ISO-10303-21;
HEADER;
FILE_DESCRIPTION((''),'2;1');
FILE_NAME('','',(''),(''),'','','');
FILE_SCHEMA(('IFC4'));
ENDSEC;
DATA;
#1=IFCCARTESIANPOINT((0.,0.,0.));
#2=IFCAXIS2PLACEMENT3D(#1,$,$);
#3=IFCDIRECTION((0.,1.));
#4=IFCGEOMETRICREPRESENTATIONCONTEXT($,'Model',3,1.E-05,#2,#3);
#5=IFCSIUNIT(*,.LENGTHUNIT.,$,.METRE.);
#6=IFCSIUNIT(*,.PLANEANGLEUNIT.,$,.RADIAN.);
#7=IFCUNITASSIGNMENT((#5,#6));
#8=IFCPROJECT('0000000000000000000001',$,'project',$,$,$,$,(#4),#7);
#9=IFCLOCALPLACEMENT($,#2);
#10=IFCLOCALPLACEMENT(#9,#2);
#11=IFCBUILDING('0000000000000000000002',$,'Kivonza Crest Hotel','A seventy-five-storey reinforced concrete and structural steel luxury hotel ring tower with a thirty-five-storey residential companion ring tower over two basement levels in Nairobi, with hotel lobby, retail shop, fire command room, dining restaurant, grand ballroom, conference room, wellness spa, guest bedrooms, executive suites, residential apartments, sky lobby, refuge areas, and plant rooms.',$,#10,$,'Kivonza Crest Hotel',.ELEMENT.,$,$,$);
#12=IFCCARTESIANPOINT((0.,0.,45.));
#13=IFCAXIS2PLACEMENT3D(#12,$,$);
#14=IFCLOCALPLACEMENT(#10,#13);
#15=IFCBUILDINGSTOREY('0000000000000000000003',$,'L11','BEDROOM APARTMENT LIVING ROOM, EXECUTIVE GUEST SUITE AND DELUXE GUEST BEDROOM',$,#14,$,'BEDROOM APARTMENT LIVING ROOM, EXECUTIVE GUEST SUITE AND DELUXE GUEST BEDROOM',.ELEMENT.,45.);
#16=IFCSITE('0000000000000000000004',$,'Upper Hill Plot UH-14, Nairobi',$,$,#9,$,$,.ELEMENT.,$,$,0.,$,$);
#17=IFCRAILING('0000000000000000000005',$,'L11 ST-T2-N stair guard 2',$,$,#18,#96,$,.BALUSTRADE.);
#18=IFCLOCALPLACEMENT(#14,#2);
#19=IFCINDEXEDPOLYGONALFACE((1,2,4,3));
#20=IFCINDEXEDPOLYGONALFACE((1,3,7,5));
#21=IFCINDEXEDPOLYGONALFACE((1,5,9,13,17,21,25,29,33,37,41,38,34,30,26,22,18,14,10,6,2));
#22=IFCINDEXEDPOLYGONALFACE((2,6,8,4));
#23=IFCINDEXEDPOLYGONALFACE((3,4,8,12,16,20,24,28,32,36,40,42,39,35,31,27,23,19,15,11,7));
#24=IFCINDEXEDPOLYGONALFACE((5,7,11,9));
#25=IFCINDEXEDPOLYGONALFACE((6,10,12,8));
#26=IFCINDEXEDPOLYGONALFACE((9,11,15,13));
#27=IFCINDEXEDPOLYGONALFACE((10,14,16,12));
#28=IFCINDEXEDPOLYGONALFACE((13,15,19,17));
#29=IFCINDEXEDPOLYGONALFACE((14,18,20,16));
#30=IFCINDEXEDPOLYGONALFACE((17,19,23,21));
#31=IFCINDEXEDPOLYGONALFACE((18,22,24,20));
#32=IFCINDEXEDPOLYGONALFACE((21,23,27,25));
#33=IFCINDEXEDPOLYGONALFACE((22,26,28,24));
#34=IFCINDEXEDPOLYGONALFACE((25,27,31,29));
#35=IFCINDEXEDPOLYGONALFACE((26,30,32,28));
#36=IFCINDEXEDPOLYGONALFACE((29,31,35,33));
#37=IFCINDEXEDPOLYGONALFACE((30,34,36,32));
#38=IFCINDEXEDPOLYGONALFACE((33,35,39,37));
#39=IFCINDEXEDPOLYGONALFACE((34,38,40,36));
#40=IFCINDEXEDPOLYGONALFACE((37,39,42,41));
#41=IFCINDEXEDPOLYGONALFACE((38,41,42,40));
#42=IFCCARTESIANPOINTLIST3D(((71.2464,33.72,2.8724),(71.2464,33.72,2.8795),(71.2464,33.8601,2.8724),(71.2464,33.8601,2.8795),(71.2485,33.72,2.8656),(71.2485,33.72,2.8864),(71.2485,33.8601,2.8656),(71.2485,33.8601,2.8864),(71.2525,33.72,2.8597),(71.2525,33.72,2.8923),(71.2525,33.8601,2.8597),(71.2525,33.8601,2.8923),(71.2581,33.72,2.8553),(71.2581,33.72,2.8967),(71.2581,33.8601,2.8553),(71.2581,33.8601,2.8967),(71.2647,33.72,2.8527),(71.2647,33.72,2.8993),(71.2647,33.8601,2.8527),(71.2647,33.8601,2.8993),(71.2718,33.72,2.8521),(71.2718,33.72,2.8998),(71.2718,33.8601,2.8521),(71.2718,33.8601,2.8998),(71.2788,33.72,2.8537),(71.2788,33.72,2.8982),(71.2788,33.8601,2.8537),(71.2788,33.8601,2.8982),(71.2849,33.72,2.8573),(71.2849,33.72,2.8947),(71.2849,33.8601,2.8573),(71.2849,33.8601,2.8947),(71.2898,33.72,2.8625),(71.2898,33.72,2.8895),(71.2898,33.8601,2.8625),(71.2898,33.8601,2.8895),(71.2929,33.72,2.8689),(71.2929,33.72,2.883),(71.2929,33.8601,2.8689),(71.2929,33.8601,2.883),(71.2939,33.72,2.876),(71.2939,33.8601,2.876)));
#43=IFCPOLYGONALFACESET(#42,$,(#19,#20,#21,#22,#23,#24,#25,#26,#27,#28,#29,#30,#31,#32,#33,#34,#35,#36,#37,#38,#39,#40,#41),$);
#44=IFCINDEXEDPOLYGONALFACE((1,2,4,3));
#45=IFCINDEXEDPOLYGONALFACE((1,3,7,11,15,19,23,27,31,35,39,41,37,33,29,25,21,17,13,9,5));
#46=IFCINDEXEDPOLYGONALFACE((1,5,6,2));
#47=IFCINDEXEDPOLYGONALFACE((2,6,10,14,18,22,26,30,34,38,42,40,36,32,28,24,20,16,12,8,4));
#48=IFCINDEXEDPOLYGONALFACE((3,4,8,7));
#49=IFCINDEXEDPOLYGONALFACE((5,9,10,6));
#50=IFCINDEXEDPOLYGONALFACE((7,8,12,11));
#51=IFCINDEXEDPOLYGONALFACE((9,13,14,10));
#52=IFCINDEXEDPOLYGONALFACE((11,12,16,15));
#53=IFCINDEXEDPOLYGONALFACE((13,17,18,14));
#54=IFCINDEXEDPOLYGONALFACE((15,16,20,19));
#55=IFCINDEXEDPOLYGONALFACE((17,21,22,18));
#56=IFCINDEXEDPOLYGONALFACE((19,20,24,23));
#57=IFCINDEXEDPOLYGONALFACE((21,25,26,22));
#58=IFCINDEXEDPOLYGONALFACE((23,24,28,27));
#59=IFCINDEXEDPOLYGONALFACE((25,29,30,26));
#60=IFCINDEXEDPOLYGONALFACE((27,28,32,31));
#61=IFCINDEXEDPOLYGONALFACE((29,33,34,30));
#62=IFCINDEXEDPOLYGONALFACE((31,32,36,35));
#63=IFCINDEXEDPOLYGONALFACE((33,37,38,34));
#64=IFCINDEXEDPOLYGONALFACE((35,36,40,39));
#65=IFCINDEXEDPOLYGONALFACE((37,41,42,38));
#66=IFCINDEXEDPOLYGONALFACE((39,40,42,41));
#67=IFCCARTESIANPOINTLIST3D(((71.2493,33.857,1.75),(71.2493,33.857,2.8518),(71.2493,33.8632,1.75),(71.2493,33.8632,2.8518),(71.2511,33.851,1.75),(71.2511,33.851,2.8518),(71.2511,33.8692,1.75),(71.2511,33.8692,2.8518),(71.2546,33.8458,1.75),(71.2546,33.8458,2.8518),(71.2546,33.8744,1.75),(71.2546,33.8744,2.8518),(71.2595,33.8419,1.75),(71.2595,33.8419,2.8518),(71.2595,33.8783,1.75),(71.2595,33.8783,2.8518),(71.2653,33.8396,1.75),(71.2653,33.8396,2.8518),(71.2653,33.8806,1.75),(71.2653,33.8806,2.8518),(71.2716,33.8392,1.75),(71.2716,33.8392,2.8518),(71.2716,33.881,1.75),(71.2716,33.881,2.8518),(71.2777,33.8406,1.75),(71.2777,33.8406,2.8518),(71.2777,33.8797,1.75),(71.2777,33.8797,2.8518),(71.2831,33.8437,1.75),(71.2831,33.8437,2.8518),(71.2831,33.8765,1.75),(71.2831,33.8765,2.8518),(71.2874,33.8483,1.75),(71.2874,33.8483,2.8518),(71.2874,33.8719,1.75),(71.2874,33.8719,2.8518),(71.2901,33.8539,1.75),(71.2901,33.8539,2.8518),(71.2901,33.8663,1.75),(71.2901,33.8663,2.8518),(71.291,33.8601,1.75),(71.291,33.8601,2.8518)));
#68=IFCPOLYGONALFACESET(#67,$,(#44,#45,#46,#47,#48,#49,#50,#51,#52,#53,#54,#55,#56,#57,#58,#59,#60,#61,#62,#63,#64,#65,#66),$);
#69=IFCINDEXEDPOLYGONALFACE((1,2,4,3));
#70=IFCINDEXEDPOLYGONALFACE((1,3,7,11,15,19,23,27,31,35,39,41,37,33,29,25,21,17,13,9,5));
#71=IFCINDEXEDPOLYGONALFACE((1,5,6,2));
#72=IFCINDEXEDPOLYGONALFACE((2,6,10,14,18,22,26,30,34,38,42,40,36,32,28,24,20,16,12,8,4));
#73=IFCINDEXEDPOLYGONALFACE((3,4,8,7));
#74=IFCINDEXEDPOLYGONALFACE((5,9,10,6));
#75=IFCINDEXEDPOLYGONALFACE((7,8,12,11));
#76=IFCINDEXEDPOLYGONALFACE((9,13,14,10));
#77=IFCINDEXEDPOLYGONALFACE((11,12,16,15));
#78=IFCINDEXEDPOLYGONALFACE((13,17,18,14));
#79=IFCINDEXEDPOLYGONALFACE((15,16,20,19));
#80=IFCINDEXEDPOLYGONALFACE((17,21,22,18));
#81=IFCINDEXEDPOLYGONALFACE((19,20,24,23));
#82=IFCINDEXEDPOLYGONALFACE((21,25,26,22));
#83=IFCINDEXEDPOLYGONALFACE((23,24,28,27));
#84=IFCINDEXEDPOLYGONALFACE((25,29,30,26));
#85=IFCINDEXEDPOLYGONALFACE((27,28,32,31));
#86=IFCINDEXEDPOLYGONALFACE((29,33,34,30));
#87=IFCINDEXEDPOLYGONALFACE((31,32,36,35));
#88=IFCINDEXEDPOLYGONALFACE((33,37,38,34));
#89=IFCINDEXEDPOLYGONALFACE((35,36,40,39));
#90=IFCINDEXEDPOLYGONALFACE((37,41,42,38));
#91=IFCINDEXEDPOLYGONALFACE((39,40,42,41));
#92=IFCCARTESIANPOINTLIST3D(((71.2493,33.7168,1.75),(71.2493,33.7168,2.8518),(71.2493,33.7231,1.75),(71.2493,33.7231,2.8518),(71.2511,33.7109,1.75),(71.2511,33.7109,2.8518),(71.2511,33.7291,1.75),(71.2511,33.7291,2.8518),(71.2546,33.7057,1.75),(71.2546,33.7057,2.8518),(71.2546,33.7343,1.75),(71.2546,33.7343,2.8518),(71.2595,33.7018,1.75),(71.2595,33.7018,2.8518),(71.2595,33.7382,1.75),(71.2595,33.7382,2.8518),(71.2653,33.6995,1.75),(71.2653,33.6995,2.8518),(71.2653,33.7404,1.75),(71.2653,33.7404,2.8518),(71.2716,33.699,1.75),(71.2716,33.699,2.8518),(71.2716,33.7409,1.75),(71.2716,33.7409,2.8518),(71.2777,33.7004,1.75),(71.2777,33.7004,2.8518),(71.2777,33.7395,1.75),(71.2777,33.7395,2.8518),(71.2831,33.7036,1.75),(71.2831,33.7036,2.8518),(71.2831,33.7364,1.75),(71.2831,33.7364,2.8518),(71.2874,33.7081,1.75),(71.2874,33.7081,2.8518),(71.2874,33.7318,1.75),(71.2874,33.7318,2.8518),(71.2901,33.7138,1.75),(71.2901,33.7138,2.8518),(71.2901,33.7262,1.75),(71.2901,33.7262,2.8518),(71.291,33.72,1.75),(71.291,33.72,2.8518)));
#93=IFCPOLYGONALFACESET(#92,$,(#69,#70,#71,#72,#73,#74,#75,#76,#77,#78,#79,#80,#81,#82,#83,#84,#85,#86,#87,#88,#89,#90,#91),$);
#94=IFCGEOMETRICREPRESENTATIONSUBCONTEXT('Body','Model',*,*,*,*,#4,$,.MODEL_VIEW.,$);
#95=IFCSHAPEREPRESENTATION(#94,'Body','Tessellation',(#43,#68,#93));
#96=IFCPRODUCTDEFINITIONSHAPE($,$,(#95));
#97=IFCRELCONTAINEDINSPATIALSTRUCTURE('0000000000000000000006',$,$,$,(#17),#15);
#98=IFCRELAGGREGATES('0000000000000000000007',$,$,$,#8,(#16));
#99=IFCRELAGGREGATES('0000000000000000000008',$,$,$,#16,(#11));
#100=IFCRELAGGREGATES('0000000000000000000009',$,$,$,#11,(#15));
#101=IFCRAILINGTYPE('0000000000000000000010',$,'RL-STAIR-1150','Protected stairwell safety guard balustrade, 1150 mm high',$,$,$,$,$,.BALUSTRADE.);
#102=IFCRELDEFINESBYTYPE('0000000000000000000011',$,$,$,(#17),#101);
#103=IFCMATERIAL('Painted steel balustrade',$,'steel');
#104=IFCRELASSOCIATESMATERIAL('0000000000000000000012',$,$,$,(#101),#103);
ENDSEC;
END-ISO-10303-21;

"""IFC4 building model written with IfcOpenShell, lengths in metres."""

from ifc_helpers import new_model, si_unit, direction, frame, origin, origin_2d, place, context, subcontext, project, spatial, circle, extrude, material, type_object, element, save


model = new_model("IFC4")

# Units and contexts
model_context = context("Model", 3, precision=1e-05, world=origin(), true_north=direction((0.0, 1.0)))
body_context = subcontext(model_context, "Body", "Model", "MODEL_VIEW")
ifc_project = project(units=[si_unit("LENGTHUNIT", "METRE"), si_unit("PLANEANGLEUNIT", "RADIAN")], contexts=[model_context])

# Site, building, storey
site_placement = place(None, origin())
site = spatial("IfcSite", under=ifc_project, at=site_placement, Name="Upper Hill Plot UH-14, Nairobi", CompositionType="ELEMENT", RefElevation=0.0)
building_placement = place(site_placement, origin())
building = spatial("IfcBuilding", under=site, at=building_placement, Name="Kivonza Crest Hotel", Description="A seventy-five-storey reinforced concrete and structural steel luxury hotel ring tower with a thirty-five-storey residential companion ring tower over two basement levels in Nairobi, with hotel lobby, retail shop, fire command room, dining restaurant, grand ballroom, conference room, wellness spa, guest bedrooms, executive suites, residential apartments, sky lobby, refuge areas, and plant rooms.", LongName="Kivonza Crest Hotel", CompositionType="ELEMENT")
storey_placement = place(building_placement, frame((0.0, 0.0, 45.0)))
storey = spatial("IfcBuildingStorey", under=building, at=storey_placement, Name="L11", Description="BEDROOM APARTMENT LIVING ROOM, EXECUTIVE GUEST SUITE AND DELUXE GUEST BEDROOM", LongName="BEDROOM APARTMENT LIVING ROOM, EXECUTIVE GUEST SUITE AND DELUXE GUEST BEDROOM", CompositionType="ELEMENT", Elevation=45.0)

# Railing
ifc_material_1 = material(Name="Painted steel balustrade", Category="steel")
railing_type_1 = type_object("IfcRailingType", Name="RL-STAIR-1150", Description="Protected stairwell safety guard balustrade, 1150 mm high", PredefinedType="BALUSTRADE", material=ifc_material_1)
railing_1_placement = place(storey_placement, frame((71.27, 33.8601, 1.75)))
element("IfcRailing", 1, at=railing_1_placement, inside=storey, type_object=railing_type_1, Name="L11 ST-T2-N stair guard 2", PredefinedType="BALUSTRADE", context=body_context, shape_type="SweptSolid", body=[
    extrude(circle(Radius=0.0239, at=origin_2d()), frame((0.0, 0.0, 1.126), z_axis=(0.0, -1.0, 0.0), x_axis=(1.0, 0.0, 0.0)), (0.0, 0.0, 1.0), 0.1401),
    extrude(circle(Radius=0.021, at=origin_2d()), origin(), (0.0, 0.0, 1.0), 1.1018),
    extrude(circle(Radius=0.021, at=origin_2d()), frame((0.0, -0.1401, 0.0)), (0.0, 0.0, 1.0), 1.1018),
])

save(model, "model.ifc")
